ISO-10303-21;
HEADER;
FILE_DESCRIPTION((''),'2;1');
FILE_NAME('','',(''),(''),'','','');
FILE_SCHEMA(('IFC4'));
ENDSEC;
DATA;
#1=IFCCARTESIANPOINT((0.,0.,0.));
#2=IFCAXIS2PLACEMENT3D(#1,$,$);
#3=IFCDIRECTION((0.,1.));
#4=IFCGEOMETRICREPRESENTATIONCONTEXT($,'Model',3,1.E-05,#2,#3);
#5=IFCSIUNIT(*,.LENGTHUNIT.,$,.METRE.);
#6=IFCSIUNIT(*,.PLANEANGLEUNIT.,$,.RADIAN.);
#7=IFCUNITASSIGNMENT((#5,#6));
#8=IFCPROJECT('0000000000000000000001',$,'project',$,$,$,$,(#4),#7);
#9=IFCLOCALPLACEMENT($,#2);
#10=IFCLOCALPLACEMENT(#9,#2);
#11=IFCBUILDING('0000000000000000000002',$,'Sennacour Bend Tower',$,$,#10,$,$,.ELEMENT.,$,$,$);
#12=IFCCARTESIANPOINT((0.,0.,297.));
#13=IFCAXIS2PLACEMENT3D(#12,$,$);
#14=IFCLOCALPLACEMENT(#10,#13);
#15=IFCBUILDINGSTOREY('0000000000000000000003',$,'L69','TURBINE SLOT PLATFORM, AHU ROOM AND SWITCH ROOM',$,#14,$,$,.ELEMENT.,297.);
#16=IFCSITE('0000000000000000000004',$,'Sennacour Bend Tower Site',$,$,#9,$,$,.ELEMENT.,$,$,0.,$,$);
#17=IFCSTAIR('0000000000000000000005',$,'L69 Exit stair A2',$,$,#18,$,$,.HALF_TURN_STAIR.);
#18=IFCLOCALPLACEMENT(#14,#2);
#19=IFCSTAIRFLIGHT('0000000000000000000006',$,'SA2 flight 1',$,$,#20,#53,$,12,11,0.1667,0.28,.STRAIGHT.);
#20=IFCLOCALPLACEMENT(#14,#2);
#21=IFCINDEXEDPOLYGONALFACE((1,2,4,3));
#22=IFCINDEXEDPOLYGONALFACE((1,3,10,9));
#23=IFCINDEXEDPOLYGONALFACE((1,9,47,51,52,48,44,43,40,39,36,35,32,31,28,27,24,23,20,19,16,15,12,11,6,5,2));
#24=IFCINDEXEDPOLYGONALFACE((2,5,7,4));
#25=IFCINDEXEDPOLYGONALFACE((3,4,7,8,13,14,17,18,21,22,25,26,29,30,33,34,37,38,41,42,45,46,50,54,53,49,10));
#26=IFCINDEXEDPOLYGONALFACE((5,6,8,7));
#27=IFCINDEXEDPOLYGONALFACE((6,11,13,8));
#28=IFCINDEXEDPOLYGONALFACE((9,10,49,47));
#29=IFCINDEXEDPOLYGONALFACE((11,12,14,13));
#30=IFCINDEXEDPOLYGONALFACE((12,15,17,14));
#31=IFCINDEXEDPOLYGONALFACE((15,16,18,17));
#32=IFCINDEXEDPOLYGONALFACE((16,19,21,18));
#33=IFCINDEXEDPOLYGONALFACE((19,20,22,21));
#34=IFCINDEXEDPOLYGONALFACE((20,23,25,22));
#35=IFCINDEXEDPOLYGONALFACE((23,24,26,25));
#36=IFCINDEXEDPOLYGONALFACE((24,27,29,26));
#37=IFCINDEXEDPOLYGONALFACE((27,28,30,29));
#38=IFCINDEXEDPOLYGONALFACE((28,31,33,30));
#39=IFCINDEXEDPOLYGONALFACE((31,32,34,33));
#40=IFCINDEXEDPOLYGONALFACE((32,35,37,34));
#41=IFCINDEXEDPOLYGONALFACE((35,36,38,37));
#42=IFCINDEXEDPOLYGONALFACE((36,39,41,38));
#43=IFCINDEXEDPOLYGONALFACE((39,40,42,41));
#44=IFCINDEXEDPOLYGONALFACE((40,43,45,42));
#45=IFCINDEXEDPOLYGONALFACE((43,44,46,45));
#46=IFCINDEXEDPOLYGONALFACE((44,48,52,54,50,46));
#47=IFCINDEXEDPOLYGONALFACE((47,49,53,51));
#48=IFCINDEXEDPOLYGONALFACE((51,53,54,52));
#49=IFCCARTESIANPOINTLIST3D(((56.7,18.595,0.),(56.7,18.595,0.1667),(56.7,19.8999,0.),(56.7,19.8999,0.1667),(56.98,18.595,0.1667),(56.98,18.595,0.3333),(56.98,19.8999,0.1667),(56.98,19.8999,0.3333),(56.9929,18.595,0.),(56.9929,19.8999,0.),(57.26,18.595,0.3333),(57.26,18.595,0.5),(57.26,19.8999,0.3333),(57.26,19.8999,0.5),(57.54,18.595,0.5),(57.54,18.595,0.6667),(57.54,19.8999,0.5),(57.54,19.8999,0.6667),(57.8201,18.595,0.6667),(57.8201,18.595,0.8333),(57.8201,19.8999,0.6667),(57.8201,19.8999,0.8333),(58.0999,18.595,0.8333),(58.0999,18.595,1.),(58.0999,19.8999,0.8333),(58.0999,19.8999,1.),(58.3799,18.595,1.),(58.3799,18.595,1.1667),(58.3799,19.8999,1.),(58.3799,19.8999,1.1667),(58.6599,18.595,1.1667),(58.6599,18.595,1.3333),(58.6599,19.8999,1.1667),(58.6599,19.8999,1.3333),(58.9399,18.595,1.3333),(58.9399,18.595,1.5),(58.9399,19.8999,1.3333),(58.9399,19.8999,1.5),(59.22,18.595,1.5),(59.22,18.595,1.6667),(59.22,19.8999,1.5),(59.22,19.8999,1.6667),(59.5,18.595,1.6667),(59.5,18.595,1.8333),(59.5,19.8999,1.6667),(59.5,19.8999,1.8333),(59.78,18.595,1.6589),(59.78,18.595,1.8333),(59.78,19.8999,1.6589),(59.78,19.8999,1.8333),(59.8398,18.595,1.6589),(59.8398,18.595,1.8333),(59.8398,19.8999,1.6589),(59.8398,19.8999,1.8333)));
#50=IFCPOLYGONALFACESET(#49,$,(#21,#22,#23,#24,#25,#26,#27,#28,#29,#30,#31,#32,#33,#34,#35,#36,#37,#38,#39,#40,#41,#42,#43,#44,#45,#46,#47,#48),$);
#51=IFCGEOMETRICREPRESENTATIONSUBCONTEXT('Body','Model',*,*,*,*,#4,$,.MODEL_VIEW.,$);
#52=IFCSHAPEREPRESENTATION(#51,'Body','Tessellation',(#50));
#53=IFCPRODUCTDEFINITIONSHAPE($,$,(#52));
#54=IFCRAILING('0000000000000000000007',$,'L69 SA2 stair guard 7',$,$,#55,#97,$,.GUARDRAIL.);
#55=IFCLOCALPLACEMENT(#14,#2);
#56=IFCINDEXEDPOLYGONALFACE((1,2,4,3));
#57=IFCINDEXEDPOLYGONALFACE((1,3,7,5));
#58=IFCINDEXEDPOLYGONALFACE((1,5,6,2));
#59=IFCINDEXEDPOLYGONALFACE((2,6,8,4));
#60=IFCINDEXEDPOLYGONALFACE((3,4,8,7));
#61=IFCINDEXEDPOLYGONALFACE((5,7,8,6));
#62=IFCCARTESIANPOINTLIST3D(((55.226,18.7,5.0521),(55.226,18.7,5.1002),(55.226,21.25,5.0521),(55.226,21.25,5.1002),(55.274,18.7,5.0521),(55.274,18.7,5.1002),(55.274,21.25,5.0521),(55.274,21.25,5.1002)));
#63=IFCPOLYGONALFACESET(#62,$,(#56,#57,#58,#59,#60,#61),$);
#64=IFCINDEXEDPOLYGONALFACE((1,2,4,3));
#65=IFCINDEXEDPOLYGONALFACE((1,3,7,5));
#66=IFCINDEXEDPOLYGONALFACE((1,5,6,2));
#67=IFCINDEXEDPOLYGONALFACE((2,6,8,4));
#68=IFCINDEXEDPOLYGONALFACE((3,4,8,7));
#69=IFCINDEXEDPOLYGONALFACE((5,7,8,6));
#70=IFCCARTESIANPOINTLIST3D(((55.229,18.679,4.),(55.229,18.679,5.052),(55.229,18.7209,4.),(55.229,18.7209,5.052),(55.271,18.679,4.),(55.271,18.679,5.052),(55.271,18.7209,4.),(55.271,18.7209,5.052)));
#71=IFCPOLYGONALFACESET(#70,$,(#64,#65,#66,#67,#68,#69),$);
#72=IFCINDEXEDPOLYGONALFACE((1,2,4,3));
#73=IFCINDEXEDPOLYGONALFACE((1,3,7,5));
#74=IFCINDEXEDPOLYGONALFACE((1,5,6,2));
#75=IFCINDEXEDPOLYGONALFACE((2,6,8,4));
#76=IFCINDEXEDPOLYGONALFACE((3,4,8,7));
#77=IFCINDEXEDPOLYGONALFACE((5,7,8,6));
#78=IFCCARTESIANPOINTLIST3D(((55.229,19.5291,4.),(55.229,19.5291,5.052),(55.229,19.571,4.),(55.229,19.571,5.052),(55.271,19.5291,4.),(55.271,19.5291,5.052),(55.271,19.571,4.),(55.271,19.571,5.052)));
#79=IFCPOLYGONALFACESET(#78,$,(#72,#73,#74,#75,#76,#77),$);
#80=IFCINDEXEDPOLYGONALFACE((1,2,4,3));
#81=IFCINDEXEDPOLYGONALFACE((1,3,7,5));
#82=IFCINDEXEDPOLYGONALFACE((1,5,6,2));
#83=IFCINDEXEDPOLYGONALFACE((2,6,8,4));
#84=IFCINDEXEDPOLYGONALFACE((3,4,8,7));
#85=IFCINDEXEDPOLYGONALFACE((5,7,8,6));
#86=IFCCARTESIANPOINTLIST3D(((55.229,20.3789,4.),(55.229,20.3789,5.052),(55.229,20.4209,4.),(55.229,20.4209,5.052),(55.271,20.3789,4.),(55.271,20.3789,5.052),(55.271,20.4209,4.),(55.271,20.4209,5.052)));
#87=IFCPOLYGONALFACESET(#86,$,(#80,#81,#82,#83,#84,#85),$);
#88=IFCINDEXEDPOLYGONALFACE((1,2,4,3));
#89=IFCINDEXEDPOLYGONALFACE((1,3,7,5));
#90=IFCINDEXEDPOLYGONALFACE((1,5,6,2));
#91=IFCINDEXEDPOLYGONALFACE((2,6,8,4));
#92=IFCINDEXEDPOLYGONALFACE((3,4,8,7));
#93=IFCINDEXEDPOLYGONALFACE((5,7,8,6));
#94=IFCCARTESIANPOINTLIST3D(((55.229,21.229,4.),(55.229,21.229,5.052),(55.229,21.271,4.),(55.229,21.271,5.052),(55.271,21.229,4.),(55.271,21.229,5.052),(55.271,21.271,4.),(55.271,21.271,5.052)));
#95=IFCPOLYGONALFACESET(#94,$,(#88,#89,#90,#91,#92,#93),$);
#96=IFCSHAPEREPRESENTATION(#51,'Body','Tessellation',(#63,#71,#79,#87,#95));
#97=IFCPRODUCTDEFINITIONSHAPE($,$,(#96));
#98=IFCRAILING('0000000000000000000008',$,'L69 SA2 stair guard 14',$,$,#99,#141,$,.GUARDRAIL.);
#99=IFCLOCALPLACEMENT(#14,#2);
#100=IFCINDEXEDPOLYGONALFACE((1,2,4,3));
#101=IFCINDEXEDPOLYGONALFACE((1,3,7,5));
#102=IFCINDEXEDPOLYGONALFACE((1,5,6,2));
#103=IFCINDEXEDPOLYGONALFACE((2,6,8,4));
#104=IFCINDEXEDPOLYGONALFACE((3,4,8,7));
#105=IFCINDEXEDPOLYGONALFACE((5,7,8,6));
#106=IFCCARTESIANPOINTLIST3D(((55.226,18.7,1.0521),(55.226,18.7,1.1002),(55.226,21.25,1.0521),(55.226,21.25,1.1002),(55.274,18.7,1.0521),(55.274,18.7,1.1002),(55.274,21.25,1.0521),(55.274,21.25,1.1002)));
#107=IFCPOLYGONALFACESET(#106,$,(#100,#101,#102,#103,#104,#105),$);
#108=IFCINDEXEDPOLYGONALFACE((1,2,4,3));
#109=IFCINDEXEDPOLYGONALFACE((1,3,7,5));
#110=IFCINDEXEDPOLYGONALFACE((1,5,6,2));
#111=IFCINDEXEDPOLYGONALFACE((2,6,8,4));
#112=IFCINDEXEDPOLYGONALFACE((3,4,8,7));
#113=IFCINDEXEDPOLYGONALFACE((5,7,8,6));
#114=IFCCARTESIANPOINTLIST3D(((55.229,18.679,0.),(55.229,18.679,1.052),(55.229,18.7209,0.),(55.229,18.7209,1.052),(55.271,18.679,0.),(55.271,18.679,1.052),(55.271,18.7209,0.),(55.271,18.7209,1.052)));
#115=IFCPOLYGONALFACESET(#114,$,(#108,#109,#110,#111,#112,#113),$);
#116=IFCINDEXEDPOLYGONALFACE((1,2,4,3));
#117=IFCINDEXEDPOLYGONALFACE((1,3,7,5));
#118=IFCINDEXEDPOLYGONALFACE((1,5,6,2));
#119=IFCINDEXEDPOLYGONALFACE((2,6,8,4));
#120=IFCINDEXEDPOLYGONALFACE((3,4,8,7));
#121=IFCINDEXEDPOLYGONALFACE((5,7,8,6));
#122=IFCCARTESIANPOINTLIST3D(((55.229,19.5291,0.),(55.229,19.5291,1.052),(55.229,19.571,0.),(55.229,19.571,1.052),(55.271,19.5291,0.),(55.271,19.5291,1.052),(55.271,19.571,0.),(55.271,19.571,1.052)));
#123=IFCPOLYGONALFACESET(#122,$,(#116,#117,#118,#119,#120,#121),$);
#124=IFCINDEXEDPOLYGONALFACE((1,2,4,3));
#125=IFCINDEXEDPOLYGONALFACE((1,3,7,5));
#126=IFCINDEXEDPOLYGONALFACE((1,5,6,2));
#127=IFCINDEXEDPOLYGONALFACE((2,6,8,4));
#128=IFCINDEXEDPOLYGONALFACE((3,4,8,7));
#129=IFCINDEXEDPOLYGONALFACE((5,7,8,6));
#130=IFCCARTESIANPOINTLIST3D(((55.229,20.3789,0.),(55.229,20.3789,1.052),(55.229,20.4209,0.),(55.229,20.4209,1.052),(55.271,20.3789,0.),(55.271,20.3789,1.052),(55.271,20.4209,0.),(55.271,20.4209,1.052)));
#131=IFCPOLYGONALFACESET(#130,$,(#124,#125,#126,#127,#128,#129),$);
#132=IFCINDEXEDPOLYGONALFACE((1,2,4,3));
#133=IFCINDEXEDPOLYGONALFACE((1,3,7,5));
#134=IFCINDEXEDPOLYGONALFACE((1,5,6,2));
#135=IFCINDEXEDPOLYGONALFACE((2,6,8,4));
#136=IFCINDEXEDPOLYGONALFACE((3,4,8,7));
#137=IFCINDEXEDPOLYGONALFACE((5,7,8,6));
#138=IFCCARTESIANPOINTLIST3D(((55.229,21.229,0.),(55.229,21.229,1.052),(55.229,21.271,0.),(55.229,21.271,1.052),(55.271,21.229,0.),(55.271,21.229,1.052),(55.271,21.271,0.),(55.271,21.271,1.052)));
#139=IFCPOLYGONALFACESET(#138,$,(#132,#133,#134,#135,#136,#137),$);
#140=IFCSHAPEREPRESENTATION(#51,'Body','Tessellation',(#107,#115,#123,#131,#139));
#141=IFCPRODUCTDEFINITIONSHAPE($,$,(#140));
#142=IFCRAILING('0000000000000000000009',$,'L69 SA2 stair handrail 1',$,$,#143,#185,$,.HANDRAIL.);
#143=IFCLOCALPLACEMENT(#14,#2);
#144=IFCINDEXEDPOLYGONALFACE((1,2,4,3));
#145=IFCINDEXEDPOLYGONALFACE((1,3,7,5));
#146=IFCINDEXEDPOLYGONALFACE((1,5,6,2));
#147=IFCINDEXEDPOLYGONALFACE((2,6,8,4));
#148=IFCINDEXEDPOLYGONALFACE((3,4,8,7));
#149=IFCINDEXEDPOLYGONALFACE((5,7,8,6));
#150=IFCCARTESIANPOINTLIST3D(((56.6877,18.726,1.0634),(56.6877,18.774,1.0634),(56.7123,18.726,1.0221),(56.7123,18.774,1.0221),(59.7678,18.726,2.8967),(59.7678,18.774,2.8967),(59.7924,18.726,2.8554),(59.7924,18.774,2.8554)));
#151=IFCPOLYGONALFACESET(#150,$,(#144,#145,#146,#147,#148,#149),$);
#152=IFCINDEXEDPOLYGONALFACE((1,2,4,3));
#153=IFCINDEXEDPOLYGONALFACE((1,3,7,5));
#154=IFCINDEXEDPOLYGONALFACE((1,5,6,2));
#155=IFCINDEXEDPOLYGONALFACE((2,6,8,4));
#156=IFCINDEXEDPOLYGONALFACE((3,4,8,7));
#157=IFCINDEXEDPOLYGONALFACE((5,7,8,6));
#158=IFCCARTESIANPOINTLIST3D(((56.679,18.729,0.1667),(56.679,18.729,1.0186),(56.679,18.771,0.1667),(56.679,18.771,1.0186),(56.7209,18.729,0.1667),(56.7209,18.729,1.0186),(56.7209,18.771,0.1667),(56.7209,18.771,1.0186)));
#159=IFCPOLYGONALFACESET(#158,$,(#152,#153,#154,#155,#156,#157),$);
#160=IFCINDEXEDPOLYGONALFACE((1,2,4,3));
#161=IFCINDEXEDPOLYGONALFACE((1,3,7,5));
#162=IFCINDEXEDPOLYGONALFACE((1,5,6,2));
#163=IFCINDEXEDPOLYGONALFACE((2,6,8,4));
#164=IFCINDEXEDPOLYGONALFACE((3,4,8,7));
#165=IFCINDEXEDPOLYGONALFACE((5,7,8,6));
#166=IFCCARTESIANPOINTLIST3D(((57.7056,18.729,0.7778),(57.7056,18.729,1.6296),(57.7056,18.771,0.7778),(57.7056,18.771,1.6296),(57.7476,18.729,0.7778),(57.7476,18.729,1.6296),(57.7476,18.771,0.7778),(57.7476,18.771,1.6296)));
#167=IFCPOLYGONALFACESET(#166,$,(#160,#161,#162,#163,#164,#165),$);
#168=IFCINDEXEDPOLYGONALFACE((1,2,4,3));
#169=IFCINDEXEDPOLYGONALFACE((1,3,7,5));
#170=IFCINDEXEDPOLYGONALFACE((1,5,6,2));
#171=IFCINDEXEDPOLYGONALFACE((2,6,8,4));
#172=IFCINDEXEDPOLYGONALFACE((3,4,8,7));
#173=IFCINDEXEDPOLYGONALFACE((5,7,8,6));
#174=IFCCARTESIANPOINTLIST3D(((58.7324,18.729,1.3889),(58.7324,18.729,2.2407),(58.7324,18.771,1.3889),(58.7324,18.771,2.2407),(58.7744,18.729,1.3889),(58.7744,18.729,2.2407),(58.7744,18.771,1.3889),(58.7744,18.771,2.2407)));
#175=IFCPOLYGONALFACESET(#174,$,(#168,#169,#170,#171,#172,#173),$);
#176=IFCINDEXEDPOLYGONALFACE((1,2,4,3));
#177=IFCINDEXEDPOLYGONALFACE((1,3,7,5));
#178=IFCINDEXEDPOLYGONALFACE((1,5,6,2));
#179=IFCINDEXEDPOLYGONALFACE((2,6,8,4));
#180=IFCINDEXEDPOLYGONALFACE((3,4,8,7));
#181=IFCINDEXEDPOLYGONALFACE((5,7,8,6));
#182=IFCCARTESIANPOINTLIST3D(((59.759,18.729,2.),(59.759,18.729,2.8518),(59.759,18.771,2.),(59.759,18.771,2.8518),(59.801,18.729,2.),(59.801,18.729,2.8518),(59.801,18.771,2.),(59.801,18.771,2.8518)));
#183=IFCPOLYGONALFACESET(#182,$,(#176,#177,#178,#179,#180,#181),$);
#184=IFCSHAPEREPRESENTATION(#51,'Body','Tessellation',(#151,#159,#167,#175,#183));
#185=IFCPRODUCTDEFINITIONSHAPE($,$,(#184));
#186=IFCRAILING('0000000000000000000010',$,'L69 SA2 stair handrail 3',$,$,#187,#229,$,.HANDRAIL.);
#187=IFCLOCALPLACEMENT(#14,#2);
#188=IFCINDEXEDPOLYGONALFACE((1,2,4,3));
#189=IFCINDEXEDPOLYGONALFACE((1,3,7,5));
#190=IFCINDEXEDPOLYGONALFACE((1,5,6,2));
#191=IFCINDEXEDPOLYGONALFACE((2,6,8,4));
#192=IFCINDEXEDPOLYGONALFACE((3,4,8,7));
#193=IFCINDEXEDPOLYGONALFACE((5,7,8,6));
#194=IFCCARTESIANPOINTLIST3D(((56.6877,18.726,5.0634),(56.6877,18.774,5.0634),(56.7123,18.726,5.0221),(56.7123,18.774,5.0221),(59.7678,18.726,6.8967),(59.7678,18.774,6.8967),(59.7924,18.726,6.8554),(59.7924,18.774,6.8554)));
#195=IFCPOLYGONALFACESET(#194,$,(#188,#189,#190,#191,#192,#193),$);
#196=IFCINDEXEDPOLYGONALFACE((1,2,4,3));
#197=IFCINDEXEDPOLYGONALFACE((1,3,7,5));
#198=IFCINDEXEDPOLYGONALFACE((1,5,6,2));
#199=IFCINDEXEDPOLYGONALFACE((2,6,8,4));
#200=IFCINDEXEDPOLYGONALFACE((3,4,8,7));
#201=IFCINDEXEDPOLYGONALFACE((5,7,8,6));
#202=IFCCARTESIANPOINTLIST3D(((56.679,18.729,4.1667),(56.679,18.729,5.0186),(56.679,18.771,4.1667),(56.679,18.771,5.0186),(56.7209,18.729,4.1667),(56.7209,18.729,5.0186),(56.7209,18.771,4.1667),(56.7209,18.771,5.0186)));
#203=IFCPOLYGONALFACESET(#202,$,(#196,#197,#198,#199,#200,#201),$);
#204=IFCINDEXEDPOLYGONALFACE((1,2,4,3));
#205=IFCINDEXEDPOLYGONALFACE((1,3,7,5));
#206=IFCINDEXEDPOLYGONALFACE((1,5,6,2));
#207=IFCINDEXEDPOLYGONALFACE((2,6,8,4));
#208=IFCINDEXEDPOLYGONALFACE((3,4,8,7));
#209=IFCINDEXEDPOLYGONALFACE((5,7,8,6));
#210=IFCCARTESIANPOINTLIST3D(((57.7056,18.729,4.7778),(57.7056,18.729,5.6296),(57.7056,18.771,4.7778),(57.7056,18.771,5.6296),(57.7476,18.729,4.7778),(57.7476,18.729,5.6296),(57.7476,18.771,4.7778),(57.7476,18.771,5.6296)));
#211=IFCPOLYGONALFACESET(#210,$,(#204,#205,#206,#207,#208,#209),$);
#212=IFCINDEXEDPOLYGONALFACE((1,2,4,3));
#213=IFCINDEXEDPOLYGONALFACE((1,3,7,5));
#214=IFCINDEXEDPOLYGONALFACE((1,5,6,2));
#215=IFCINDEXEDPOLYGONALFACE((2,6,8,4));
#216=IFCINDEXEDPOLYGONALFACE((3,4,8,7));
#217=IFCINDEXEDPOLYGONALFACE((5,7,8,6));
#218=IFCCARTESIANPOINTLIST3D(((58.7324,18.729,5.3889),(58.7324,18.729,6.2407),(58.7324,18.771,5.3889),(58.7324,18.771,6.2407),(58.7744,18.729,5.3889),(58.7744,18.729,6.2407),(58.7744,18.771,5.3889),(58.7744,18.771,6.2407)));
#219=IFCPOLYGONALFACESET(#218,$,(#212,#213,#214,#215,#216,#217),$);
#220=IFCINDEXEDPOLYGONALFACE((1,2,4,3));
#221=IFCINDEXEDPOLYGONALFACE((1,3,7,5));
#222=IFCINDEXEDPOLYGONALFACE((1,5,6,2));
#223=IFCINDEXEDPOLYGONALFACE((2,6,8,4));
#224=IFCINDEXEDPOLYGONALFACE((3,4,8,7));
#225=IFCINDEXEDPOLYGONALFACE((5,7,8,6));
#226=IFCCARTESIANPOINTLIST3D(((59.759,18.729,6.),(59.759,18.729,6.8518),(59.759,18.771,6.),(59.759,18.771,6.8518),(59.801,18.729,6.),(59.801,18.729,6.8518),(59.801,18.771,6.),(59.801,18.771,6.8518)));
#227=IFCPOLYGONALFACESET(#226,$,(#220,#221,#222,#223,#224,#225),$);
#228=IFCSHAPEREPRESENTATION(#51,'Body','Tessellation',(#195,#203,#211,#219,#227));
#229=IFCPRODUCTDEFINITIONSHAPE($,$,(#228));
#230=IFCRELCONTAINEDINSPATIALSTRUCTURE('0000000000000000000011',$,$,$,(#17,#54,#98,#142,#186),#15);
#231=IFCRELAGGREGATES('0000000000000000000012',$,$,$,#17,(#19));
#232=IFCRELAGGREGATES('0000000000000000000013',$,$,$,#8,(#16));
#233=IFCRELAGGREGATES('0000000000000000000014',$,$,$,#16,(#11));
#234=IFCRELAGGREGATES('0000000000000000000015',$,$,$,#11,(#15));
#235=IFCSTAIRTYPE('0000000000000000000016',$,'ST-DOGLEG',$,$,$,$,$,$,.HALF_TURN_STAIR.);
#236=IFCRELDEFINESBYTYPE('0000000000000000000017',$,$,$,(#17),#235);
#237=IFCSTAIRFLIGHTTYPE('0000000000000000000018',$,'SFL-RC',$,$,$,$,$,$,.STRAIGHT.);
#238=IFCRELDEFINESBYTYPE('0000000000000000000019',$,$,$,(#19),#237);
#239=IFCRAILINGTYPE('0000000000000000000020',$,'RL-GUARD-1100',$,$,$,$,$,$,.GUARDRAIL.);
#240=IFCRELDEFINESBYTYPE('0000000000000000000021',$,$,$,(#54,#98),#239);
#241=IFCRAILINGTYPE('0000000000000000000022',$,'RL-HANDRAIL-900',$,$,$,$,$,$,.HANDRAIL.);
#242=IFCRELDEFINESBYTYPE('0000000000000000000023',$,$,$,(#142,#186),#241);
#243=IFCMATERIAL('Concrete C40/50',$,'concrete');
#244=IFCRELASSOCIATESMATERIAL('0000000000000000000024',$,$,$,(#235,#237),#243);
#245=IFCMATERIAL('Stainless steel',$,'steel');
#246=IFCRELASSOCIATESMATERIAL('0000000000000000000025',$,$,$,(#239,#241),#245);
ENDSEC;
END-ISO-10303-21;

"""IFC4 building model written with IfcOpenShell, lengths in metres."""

from ifc_helpers import new_model, si_unit, direction, frame, origin, origin_2d, place, context, subcontext, project, spatial, polyline, rectangle, outline, extrude, material, type_object, element, aggregate, save


model = new_model("IFC4")

# Units and contexts
model_context = context("Model", 3, precision=1e-05, world=origin(), true_north=direction((0.0, 1.0)))
body_context = subcontext(model_context, "Body", "Model", "MODEL_VIEW")
ifc_project = project(units=[si_unit("LENGTHUNIT", "METRE"), si_unit("PLANEANGLEUNIT", "RADIAN")], contexts=[model_context])

# Site, building, storey
site_placement = place(None, origin())
site = spatial("IfcSite", under=ifc_project, at=site_placement, Name="Sennacour Bend Tower Site", CompositionType="ELEMENT", RefElevation=0.0)
building_placement = place(site_placement, origin())
building = spatial("IfcBuilding", under=site, at=building_placement, Name="Sennacour Bend Tower", CompositionType="ELEMENT")
storey_placement = place(building_placement, frame((0.0, 0.0, 297.0)))
storey = spatial("IfcBuildingStorey", under=building, at=storey_placement, Name="L69", Description="TURBINE SLOT PLATFORM, AHU ROOM AND SWITCH ROOM", CompositionType="ELEMENT", Elevation=297.0)

# Shared definitions
ifc_material_1 = material(Name="Stainless steel", Category="steel")

# Stair, stair flight
ifc_material_2 = material(Name="Concrete C40/50", Category="concrete")
stair_type = type_object("IfcStairType", Name="ST-DOGLEG", PredefinedType="HALF_TURN_STAIR", material=ifc_material_2)
stair_placement = place(storey_placement, origin())
stair = element("IfcStair", 1, at=stair_placement, inside=storey, type_object=stair_type, Name="L69 Exit stair A2", PredefinedType="HALF_TURN_STAIR")
stair_flight_type = type_object("IfcStairFlightType", Name="SFL-RC", PredefinedType="STRAIGHT", material=ifc_material_2)
stair_flight_placement = place(storey_placement, frame((56.7, 19.2476, 0.0), z_axis=(0.0, 0.0, 1.0), x_axis=(1.0, 0.0, 0.0)))
stair_flight = element("IfcStairFlight", 2, at=stair_flight_placement, type_object=stair_flight_type, Name="SA2 flight 1", NumberOfRisers=12, NumberOfTreads=11, PredefinedType="STRAIGHT", RiserHeight=0.1667, TreadLength=0.28, context=body_context, shape_type="SweptSolid", body=[
    extrude(outline(polyline([(0.0, 0.0), (0.0, 0.1667), (0.28, 0.1667), (0.28, 0.3333), (0.5601, 0.3333), (0.5601, 0.5), (0.8401, 0.5), (0.8401, 0.6667), (1.1201, 0.6667), (1.1201, 0.8333), (1.3999, 0.8333), (1.3999, 1.0), (1.6799, 1.0), (1.6799, 1.1667), (1.96, 1.1667), (1.96, 1.3333), (2.24, 1.3333), (2.24, 1.5), (2.52, 1.5), (2.52, 1.6667), (2.8, 1.6667), (2.8, 1.8333), (3.0801, 1.8333), (3.1399, 1.8333), (3.1399, 1.6589), (3.0801, 1.6589), (0.293, 0.0), (0.0, 0.0)])), frame((0.0, 0.6523, 0.0), z_axis=(0.0, -1.0, 0.0), x_axis=(1.0, 0.0, 0.0)), (0.0, 0.0, 1.0), 1.3049),
])
aggregate(stair, [stair_flight])

# Railings
railing_type_1 = type_object("IfcRailingType", Name="RL-GUARD-1100", PredefinedType="GUARDRAIL", material=ifc_material_1)
for number, where, name in (
    (3, (55.25, 18.7, 4.0), "L69 SA2 stair guard 7"),
    (4, (55.25, 18.7, 0.0), "L69 SA2 stair guard 14"),
):
    element("IfcRailing", number, at=place(storey_placement, frame(where)), inside=storey, type_object=railing_type_1, Name=name, PredefinedType="GUARDRAIL", context=body_context, shape_type="SweptSolid", body=[
        extrude(rectangle(XDim=0.0481, YDim=0.0481, at=origin_2d()), frame((0.0, 0.0, 1.0762), z_axis=(0.0, 1.0, 0.0), x_axis=(-1.0, 0.0, 0.0)), (0.0, 0.0, 1.0), 2.55),
        extrude(rectangle(XDim=0.042, YDim=0.042, at=origin_2d()), origin(), (0.0, 0.0, 1.0), 1.052),
        extrude(rectangle(XDim=0.042, YDim=0.042, at=origin_2d()), frame((0.0, 0.8501, 0.0)), (0.0, 0.0, 1.0), 1.052),
        extrude(rectangle(XDim=0.042, YDim=0.042, at=origin_2d()), frame((0.0, 1.7, 0.0)), (0.0, 0.0, 1.0), 1.052),
        extrude(rectangle(XDim=0.042, YDim=0.042, at=origin_2d()), frame((0.0, 2.55, 0.0)), (0.0, 0.0, 1.0), 1.052),
    ])
railing_type_2 = type_object("IfcRailingType", Name="RL-HANDRAIL-900", PredefinedType="HANDRAIL", material=ifc_material_1)
for number, where, name in (
    (5, (56.7, 18.75, 0.1667), "L69 SA2 stair handrail 1"),
    (6, (56.7, 18.75, 4.1667), "L69 SA2 stair handrail 3"),
):
    element("IfcRailing", number, at=place(storey_placement, frame(where)), inside=storey, type_object=railing_type_2, Name=name, PredefinedType="HANDRAIL", context=body_context, shape_type="SweptSolid", body=[
        extrude(rectangle(XDim=0.0481, YDim=0.0481, at=origin_2d()), frame((0.0, 0.0, 0.876), z_axis=(0.859309, 0.0, 0.511458), x_axis=(0.0, 1.0, 0.0)), (0.0, 0.0, 1.0), 3.5845),
        extrude(rectangle(XDim=0.042, YDim=0.042, at=origin_2d()), origin(), (0.0, 0.0, 1.0), 0.8518),
        extrude(rectangle(XDim=0.042, YDim=0.042, at=origin_2d()), frame((1.0266, 0.0, 0.6111)), (0.0, 0.0, 1.0), 0.8518),
        extrude(rectangle(XDim=0.042, YDim=0.042, at=origin_2d()), frame((2.0535, 0.0, 1.2222)), (0.0, 0.0, 1.0), 0.8518),
        extrude(rectangle(XDim=0.042, YDim=0.042, at=origin_2d()), frame((3.0801, 0.0, 1.8333)), (0.0, 0.0, 1.0), 0.8518),
    ])

save(model, "model.ifc")
